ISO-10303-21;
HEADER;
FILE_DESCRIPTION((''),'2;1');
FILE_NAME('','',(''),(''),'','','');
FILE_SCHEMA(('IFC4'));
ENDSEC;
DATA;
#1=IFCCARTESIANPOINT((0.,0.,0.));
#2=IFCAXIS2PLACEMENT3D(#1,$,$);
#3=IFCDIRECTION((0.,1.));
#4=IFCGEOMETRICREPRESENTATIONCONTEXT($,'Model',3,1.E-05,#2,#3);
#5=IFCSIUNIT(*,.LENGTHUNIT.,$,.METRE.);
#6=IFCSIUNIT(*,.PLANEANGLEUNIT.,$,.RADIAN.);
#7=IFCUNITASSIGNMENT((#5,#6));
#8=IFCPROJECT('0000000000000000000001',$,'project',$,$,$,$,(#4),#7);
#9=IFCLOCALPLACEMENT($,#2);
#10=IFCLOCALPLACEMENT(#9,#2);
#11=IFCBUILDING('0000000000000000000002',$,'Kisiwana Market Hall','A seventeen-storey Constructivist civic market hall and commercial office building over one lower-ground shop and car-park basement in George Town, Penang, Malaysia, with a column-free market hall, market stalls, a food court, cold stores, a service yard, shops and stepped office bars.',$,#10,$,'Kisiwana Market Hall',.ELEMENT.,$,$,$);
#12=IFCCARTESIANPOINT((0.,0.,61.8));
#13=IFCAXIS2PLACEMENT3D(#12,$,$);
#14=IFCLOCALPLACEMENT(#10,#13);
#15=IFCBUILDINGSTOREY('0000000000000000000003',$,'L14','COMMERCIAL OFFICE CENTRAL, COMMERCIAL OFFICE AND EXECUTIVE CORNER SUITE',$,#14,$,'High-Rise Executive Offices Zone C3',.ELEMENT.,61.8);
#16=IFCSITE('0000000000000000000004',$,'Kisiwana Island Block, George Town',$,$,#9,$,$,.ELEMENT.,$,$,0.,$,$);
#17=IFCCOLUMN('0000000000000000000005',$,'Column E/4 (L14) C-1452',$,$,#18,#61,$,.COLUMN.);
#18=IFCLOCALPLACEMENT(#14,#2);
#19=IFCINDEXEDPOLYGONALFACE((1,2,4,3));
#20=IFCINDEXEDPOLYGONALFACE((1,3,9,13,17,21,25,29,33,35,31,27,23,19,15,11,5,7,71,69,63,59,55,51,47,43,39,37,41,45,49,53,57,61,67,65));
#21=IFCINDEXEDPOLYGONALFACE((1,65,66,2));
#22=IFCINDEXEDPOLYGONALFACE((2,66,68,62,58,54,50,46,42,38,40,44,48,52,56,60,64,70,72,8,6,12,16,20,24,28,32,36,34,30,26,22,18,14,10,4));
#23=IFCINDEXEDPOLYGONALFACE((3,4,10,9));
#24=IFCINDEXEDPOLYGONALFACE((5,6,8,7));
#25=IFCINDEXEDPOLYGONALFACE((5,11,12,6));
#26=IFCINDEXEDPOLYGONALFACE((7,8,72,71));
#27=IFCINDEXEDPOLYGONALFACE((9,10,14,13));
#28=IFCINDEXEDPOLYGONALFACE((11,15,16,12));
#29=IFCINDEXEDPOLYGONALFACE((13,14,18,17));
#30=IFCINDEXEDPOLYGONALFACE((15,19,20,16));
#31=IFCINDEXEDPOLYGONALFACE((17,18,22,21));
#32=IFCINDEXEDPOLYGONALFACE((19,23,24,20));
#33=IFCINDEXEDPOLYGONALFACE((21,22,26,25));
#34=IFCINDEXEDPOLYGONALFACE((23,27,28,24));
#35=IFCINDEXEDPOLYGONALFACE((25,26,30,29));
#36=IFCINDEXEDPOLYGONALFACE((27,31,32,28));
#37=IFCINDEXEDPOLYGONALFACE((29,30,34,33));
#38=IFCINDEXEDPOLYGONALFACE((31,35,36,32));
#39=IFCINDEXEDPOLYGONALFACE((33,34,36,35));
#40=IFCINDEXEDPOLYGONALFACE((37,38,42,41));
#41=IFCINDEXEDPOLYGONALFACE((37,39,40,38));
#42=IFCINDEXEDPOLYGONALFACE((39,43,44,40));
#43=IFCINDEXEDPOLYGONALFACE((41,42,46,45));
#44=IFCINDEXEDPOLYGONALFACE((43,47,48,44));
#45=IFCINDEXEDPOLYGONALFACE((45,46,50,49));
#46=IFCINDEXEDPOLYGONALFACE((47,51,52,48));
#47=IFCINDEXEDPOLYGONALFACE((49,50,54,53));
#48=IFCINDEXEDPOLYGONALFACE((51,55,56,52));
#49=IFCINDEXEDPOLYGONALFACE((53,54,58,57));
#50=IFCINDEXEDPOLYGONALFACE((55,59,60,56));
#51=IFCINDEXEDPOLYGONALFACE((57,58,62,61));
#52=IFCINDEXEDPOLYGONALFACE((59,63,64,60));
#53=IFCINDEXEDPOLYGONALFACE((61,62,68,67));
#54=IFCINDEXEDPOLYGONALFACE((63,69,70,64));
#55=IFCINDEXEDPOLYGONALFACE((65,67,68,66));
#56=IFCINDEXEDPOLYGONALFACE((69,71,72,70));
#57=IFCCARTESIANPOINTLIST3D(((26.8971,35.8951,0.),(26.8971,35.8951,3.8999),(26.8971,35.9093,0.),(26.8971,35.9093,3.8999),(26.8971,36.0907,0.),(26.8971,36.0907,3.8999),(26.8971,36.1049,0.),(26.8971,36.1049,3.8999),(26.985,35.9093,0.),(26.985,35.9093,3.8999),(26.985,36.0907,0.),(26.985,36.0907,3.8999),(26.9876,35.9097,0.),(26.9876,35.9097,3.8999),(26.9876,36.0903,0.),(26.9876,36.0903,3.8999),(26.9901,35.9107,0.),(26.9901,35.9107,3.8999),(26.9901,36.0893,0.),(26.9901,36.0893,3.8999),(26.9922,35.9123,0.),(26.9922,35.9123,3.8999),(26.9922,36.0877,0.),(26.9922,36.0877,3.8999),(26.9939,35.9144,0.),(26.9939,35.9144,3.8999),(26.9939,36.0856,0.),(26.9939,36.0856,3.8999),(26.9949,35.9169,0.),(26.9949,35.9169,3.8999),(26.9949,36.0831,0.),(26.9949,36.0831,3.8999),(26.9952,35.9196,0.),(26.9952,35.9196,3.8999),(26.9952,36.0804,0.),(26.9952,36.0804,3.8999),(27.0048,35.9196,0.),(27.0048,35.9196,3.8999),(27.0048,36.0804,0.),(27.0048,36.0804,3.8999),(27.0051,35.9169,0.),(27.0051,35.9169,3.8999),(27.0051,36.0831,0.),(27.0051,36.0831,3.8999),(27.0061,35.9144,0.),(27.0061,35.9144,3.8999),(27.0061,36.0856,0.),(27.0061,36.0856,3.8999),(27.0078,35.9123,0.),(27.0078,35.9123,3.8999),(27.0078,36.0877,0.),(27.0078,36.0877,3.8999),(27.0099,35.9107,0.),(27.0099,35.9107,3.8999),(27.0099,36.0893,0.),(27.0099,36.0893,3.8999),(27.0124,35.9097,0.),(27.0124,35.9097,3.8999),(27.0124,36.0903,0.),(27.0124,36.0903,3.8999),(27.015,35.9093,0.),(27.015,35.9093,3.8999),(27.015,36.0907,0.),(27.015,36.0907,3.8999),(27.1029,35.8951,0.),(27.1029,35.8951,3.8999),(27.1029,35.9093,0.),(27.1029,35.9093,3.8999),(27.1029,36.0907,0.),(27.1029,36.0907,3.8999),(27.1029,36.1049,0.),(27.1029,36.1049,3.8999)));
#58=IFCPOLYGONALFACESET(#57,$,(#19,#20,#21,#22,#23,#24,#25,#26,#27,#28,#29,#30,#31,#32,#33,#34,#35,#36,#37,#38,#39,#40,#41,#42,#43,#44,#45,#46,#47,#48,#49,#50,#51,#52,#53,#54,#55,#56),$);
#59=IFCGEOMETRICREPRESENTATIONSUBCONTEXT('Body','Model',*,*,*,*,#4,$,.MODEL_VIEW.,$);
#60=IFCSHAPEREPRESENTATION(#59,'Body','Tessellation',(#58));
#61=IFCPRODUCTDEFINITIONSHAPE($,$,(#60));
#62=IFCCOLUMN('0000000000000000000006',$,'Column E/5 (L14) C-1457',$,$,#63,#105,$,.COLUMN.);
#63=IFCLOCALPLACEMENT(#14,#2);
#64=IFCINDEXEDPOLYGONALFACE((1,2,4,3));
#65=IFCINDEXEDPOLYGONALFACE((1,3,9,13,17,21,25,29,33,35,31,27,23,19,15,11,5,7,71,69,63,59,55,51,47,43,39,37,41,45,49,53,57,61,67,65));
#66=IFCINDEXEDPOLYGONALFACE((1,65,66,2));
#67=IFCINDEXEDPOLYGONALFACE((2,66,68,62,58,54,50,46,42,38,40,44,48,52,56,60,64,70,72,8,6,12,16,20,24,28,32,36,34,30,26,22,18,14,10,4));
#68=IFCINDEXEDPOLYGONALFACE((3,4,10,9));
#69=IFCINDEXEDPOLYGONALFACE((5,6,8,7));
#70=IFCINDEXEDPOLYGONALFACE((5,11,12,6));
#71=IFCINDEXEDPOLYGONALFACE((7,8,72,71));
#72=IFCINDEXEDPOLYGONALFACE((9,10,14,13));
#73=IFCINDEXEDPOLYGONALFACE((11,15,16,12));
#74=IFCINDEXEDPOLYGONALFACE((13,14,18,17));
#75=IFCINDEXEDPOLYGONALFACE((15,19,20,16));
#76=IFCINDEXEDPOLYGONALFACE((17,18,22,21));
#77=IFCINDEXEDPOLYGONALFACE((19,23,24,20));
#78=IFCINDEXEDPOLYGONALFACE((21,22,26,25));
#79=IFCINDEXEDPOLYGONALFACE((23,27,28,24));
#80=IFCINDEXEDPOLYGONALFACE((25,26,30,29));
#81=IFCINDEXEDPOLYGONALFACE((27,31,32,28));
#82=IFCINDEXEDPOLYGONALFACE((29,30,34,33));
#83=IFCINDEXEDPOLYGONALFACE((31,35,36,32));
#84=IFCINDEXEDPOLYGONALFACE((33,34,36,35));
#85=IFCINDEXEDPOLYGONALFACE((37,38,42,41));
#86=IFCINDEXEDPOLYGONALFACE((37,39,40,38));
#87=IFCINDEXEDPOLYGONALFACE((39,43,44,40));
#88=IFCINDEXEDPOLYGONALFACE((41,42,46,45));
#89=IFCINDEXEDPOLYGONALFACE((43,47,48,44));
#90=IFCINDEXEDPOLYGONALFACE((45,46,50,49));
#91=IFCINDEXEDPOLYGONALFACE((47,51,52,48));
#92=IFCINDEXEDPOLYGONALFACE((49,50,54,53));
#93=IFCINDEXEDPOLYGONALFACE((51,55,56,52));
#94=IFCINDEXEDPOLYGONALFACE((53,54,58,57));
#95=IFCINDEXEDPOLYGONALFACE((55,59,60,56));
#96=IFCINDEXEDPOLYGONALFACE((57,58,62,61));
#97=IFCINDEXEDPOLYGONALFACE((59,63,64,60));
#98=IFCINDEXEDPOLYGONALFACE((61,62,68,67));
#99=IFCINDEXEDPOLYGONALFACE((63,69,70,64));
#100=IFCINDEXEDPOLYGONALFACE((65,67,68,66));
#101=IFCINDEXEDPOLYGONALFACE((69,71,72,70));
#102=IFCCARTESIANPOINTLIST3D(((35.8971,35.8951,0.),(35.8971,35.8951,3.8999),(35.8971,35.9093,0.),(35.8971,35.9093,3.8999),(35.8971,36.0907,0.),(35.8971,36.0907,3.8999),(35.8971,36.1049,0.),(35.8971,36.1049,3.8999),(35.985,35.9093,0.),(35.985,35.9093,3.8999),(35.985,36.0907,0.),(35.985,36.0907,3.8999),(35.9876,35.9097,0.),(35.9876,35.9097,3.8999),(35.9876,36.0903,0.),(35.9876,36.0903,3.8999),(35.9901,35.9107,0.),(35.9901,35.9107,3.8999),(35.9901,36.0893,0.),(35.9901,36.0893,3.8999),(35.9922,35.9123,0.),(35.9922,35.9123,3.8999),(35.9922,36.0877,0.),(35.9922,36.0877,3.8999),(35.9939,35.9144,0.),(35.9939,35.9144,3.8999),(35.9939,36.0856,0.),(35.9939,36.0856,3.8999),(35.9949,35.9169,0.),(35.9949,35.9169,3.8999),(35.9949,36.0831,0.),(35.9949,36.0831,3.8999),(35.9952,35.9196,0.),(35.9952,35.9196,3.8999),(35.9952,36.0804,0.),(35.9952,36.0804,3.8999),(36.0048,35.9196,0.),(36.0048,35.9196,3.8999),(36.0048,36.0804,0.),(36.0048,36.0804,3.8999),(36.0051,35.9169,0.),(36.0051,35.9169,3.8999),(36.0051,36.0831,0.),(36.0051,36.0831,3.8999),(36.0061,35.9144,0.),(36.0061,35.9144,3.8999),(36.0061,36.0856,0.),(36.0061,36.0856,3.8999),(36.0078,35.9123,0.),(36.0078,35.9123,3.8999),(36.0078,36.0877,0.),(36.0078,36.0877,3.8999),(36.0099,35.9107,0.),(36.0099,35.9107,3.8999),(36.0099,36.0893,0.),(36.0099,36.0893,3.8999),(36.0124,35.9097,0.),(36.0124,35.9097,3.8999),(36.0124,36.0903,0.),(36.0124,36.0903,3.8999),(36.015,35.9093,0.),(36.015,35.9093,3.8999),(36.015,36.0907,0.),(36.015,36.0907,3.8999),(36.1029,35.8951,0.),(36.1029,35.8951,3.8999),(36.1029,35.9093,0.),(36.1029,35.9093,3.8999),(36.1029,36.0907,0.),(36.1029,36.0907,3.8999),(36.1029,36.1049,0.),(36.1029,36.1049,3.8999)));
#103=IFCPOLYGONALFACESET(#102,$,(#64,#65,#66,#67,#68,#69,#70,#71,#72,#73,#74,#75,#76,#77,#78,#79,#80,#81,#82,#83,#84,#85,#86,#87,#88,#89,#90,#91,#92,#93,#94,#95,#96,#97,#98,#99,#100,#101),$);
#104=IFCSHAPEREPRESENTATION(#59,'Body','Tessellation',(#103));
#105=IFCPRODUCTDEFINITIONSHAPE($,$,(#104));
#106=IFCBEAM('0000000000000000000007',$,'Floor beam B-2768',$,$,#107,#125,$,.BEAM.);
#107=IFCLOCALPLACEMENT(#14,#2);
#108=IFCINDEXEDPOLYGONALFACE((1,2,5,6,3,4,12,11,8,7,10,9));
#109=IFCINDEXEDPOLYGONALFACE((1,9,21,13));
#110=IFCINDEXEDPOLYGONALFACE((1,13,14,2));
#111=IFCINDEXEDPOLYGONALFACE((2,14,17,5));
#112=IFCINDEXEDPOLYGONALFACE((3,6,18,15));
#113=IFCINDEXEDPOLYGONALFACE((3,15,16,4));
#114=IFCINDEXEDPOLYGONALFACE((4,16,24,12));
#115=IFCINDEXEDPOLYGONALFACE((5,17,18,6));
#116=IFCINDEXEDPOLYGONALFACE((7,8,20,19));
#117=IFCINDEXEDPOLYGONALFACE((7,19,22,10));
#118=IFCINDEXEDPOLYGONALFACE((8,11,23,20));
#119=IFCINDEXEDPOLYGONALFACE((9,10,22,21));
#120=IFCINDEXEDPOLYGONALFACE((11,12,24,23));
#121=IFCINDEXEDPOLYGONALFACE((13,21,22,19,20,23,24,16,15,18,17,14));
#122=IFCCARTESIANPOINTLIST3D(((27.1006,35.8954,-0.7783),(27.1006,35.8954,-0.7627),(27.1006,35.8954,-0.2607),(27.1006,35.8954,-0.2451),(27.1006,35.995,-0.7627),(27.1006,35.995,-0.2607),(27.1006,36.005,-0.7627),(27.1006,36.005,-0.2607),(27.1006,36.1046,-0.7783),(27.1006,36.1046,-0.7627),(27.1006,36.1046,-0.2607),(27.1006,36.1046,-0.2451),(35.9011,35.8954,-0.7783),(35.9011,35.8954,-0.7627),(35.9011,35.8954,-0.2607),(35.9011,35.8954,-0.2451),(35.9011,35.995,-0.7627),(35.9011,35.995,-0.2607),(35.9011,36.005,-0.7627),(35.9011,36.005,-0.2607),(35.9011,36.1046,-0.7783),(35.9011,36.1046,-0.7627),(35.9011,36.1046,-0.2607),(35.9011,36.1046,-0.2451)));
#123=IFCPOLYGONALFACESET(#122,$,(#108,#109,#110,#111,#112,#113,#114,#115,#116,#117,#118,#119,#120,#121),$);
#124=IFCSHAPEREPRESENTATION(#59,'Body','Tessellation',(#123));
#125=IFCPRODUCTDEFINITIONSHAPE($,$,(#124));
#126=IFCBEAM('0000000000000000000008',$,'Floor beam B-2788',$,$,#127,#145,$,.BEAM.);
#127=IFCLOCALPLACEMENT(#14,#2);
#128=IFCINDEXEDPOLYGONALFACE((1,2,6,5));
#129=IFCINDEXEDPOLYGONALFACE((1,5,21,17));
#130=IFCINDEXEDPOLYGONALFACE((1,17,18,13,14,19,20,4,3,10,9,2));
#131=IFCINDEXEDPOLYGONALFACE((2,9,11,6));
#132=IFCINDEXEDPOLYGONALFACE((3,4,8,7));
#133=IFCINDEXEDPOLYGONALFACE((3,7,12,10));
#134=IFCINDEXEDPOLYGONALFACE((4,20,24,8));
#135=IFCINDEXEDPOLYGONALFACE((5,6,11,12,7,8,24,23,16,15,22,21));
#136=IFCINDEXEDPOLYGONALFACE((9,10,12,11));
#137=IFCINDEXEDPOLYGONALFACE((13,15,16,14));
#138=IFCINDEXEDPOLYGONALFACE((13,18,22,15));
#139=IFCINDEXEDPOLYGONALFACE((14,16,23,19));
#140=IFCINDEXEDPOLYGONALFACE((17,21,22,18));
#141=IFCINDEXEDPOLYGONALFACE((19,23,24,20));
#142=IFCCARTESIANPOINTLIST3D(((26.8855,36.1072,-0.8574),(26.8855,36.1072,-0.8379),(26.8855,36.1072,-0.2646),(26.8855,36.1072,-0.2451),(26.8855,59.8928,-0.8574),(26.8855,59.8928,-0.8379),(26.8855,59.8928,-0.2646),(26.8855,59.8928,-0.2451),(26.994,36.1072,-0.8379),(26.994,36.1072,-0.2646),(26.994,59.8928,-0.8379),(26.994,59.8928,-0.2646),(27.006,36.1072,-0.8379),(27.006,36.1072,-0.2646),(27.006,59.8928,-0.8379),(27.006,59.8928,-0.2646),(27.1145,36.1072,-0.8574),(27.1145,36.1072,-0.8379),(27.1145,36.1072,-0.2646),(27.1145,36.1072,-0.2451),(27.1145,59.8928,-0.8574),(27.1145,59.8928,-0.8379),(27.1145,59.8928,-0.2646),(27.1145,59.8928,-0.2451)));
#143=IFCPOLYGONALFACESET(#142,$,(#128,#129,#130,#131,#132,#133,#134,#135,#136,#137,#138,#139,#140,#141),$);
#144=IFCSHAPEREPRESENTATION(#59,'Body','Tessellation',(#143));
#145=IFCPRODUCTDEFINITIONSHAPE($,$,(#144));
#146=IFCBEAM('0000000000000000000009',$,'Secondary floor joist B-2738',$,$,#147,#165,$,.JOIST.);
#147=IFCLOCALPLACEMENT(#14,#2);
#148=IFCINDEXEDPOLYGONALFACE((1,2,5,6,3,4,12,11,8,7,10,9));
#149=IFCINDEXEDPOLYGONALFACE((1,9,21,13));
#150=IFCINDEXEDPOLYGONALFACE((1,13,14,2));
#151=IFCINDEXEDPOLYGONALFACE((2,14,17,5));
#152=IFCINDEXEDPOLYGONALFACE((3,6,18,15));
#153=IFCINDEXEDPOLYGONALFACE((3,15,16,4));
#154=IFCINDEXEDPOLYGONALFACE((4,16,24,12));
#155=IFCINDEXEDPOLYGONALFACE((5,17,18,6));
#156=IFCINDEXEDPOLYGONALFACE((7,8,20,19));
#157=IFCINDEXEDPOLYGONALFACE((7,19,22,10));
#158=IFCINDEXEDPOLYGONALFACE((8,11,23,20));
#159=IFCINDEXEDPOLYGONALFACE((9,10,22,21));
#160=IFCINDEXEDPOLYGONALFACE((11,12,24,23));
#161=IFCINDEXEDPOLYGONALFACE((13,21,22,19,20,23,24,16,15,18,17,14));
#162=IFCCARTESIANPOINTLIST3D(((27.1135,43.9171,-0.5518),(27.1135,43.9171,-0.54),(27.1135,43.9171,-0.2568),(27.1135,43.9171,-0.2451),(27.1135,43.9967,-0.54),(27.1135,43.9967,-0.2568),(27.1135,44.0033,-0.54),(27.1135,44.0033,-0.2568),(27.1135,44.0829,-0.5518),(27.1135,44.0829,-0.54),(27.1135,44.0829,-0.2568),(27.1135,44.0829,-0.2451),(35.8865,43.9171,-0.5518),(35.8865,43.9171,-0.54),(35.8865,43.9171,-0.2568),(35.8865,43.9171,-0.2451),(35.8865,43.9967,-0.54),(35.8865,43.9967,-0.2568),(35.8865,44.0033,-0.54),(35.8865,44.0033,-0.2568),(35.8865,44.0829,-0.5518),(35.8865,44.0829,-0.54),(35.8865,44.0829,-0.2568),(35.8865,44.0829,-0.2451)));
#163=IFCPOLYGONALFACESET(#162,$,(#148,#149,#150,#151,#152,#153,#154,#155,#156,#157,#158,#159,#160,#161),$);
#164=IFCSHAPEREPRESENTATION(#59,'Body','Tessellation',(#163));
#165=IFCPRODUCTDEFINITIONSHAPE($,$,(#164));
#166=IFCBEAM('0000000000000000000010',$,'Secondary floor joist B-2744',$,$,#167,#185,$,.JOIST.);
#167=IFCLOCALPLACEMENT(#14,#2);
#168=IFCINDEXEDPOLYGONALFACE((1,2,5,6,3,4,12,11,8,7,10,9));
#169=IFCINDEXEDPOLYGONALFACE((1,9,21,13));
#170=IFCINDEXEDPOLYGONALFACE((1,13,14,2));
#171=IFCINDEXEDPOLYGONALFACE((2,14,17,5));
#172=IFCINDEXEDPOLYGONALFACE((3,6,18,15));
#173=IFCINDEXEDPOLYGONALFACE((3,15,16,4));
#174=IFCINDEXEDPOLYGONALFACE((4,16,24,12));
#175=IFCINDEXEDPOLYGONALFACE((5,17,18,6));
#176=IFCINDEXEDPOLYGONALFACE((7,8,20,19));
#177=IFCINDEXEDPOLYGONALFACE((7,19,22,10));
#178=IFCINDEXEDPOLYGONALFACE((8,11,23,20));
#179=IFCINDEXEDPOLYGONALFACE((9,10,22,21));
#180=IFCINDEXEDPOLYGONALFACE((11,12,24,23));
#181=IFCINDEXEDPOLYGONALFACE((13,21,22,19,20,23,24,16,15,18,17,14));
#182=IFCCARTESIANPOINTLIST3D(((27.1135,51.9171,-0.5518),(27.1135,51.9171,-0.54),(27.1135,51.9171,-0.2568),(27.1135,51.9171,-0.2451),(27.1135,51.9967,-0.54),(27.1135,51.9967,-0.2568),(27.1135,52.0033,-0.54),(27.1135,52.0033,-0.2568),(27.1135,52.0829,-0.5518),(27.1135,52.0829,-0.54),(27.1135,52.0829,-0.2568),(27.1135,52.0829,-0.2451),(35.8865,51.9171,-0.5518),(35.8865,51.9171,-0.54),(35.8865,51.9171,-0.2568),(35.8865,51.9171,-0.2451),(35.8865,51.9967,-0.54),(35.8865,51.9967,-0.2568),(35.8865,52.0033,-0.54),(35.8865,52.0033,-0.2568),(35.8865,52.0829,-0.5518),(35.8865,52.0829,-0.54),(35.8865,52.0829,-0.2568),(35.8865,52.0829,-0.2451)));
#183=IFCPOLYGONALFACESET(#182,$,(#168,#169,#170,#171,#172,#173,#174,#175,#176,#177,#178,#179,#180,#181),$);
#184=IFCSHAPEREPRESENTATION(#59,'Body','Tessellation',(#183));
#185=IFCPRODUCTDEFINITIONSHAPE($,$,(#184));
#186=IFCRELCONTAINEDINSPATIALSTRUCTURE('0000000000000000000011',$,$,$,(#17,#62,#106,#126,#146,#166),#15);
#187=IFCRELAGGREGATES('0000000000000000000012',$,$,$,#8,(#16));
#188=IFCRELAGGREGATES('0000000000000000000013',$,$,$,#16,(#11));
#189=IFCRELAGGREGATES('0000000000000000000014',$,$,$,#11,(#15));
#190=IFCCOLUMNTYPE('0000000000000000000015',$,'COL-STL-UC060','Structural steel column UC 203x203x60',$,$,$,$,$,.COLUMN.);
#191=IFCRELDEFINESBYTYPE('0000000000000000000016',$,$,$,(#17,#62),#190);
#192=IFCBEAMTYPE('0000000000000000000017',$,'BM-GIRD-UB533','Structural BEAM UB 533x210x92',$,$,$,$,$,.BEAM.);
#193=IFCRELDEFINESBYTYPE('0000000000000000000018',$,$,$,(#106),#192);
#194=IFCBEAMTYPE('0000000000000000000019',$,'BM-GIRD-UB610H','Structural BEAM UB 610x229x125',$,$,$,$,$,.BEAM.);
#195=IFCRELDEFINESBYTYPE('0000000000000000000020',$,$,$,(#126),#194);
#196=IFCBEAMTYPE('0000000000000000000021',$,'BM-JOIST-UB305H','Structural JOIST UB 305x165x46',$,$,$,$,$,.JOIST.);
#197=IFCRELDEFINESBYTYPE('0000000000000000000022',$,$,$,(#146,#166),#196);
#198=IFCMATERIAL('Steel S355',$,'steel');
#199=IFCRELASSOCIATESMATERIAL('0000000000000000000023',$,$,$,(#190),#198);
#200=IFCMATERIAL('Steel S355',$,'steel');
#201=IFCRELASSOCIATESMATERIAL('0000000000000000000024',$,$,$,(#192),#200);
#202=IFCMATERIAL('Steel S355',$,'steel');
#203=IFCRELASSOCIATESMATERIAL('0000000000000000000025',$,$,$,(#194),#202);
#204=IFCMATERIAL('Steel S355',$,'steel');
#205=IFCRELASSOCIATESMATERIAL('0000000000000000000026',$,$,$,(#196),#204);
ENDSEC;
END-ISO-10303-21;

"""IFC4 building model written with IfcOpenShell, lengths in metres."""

from ifc_helpers import new_model, si_unit, direction, frame, origin, origin_2d, place, context, subcontext, project, spatial, i_section, extrude, material, material_profile, profile_set, type_object, element, save


model = new_model("IFC4")

# Units and contexts
model_context = context("Model", 3, precision=1e-05, world=origin(), true_north=direction((0.0, 1.0)))
body_context = subcontext(model_context, "Body", "Model", "MODEL_VIEW")
ifc_project = project(units=[si_unit("LENGTHUNIT", "METRE"), si_unit("PLANEANGLEUNIT", "RADIAN")], contexts=[model_context])

# Site, building, storey
site_placement = place(None, origin())
site = spatial("IfcSite", under=ifc_project, at=site_placement, Name="Kisiwana Island Block, George Town", CompositionType="ELEMENT", RefElevation=0.0)
building_placement = place(site_placement, origin())
building = spatial("IfcBuilding", under=site, at=building_placement, Name="Kisiwana Market Hall", Description="A seventeen-storey Constructivist civic market hall and commercial office building over one lower-ground shop and car-park basement in George Town, Penang, Malaysia, with a column-free market hall, market stalls, a food court, cold stores, a service yard, shops and stepped office bars.", LongName="Kisiwana Market Hall", CompositionType="ELEMENT")
storey_placement = place(building_placement, frame((0.0, 0.0, 61.8)))
storey = spatial("IfcBuildingStorey", under=building, at=storey_placement, Name="L14", Description="COMMERCIAL OFFICE CENTRAL, COMMERCIAL OFFICE AND EXECUTIVE CORNER SUITE", LongName="High-Rise Executive Offices Zone C3", CompositionType="ELEMENT", Elevation=61.8)

# Columns
ifc_material_1 = material(Name="Steel S355", Category="steel")
ifc_material_profile_1 = material_profile(ifc_material_1, i_section(OverallWidth=0.2058, OverallDepth=0.2097, WebThickness=0.0095, FlangeThickness=0.0142, FilletRadius=0.0103, at=origin_2d()), Name="UC 203x203x60")
ifc_profile_set_1 = profile_set([ifc_material_profile_1], Name="Steel S355")
column_type = type_object("IfcColumnType", Name="COL-STL-UC060", Description="Structural steel column UC 203x203x60", PredefinedType="COLUMN", material=ifc_profile_set_1)
for number, where, z_axis, x_axis, name in (
    (1, (27.0, 36.0, 0.0), (0.0, 0.0, 1.0), (1.0, 0.0, 0.0), "Column E/4 (L14) C-1452"),
    (2, (36.0, 36.0, 0.0), (0.0, 0.0, 1.0), (1.0, 0.0, 0.0), "Column E/5 (L14) C-1457"),
):
    element("IfcColumn", number, at=place(storey_placement, frame(where, z_axis=z_axis, x_axis=x_axis)), inside=storey, type_object=column_type, Name=name, PredefinedType="COLUMN", context=body_context, shape_type="SweptSolid", body=[
        extrude(i_section(OverallWidth=0.2058, OverallDepth=0.2097, WebThickness=0.0095, FlangeThickness=0.0142, FilletRadius=0.0103, at=origin_2d()), origin(), (0.0, 0.0, 1.0), 3.8999),
    ])

# Beams
ifc_material_2 = material(Name="Steel S355", Category="steel")
ifc_material_profile_2 = material_profile(ifc_material_2, i_section(OverallWidth=0.2092, OverallDepth=0.5332, WebThickness=0.01, FlangeThickness=0.0156, at=origin_2d()), Name="UB 533x210x92")
ifc_profile_set_2 = profile_set([ifc_material_profile_2], Name="Steel S355")
beam_type_1 = type_object("IfcBeamType", Name="BM-GIRD-UB533", Description="Structural BEAM UB 533x210x92", PredefinedType="BEAM", material=ifc_profile_set_2)
beam_1_placement = place(storey_placement, frame((27.1006, 36.0, -0.5117), z_axis=(1.0, 0.0, 0.0), x_axis=(0.0, 1.0, 0.0)))
element("IfcBeam", 3, at=beam_1_placement, inside=storey, type_object=beam_type_1, Name="Floor beam B-2768", PredefinedType="BEAM", context=body_context, shape_type="SweptSolid", body=[
    extrude(i_section(OverallWidth=0.2092, OverallDepth=0.5332, WebThickness=0.01, FlangeThickness=0.0156, at=origin_2d()), origin(), (0.0, 0.0, 1.0), 8.8005),
])
ifc_material_3 = material(Name="Steel S355", Category="steel")
ifc_material_profile_3 = material_profile(ifc_material_3, i_section(OverallWidth=0.229, OverallDepth=0.6123, WebThickness=0.012, FlangeThickness=0.0195, at=origin_2d()), Name="UB 610x229x125")
ifc_profile_set_3 = profile_set([ifc_material_profile_3], Name="Steel S355")
beam_type_2 = type_object("IfcBeamType", Name="BM-GIRD-UB610H", Description="Structural BEAM UB 610x229x125", PredefinedType="BEAM", material=ifc_profile_set_3)
beam_2_placement = place(storey_placement, frame((27.0, 36.1072, -0.5513), z_axis=(0.0, 1.0, 0.0), x_axis=(-1.0, 0.0, 0.0)))
element("IfcBeam", 4, at=beam_2_placement, inside=storey, type_object=beam_type_2, Name="Floor beam B-2788", PredefinedType="BEAM", context=body_context, shape_type="SweptSolid", body=[
    extrude(i_section(OverallWidth=0.229, OverallDepth=0.6123, WebThickness=0.012, FlangeThickness=0.0195, at=origin_2d()), origin(), (0.0, 0.0, 1.0), 23.7856),
])
ifc_material_4 = material(Name="Steel S355", Category="steel")
ifc_material_profile_4 = material_profile(ifc_material_4, i_section(OverallWidth=0.1658, OverallDepth=0.3066, WebThickness=0.0066, FlangeThickness=0.0117, at=origin_2d()), Name="UB 305x165x46")
ifc_profile_set_4 = profile_set([ifc_material_profile_4], Name="Steel S355")
beam_type_3 = type_object("IfcBeamType", Name="BM-JOIST-UB305H", Description="Structural JOIST UB 305x165x46", PredefinedType="JOIST", material=ifc_profile_set_4)
for number, where, z_axis, x_axis, name in (
    (5, (27.1135, 44.0, -0.3984), (1.0, 0.0, 0.0), (0.0, 1.0, 0.0), "Secondary floor joist B-2738"),
    (6, (27.1135, 52.0, -0.3984), (1.0, 0.0, 0.0), (0.0, 1.0, 0.0), "Secondary floor joist B-2744"),
):
    element("IfcBeam", number, at=place(storey_placement, frame(where, z_axis=z_axis, x_axis=x_axis)), inside=storey, type_object=beam_type_3, Name=name, PredefinedType="JOIST", context=body_context, shape_type="SweptSolid", body=[
        extrude(i_section(OverallWidth=0.1658, OverallDepth=0.3066, WebThickness=0.0066, FlangeThickness=0.0117, at=origin_2d()), origin(), (0.0, 0.0, 1.0), 8.7729),
    ])

save(model, "model.ifc")
